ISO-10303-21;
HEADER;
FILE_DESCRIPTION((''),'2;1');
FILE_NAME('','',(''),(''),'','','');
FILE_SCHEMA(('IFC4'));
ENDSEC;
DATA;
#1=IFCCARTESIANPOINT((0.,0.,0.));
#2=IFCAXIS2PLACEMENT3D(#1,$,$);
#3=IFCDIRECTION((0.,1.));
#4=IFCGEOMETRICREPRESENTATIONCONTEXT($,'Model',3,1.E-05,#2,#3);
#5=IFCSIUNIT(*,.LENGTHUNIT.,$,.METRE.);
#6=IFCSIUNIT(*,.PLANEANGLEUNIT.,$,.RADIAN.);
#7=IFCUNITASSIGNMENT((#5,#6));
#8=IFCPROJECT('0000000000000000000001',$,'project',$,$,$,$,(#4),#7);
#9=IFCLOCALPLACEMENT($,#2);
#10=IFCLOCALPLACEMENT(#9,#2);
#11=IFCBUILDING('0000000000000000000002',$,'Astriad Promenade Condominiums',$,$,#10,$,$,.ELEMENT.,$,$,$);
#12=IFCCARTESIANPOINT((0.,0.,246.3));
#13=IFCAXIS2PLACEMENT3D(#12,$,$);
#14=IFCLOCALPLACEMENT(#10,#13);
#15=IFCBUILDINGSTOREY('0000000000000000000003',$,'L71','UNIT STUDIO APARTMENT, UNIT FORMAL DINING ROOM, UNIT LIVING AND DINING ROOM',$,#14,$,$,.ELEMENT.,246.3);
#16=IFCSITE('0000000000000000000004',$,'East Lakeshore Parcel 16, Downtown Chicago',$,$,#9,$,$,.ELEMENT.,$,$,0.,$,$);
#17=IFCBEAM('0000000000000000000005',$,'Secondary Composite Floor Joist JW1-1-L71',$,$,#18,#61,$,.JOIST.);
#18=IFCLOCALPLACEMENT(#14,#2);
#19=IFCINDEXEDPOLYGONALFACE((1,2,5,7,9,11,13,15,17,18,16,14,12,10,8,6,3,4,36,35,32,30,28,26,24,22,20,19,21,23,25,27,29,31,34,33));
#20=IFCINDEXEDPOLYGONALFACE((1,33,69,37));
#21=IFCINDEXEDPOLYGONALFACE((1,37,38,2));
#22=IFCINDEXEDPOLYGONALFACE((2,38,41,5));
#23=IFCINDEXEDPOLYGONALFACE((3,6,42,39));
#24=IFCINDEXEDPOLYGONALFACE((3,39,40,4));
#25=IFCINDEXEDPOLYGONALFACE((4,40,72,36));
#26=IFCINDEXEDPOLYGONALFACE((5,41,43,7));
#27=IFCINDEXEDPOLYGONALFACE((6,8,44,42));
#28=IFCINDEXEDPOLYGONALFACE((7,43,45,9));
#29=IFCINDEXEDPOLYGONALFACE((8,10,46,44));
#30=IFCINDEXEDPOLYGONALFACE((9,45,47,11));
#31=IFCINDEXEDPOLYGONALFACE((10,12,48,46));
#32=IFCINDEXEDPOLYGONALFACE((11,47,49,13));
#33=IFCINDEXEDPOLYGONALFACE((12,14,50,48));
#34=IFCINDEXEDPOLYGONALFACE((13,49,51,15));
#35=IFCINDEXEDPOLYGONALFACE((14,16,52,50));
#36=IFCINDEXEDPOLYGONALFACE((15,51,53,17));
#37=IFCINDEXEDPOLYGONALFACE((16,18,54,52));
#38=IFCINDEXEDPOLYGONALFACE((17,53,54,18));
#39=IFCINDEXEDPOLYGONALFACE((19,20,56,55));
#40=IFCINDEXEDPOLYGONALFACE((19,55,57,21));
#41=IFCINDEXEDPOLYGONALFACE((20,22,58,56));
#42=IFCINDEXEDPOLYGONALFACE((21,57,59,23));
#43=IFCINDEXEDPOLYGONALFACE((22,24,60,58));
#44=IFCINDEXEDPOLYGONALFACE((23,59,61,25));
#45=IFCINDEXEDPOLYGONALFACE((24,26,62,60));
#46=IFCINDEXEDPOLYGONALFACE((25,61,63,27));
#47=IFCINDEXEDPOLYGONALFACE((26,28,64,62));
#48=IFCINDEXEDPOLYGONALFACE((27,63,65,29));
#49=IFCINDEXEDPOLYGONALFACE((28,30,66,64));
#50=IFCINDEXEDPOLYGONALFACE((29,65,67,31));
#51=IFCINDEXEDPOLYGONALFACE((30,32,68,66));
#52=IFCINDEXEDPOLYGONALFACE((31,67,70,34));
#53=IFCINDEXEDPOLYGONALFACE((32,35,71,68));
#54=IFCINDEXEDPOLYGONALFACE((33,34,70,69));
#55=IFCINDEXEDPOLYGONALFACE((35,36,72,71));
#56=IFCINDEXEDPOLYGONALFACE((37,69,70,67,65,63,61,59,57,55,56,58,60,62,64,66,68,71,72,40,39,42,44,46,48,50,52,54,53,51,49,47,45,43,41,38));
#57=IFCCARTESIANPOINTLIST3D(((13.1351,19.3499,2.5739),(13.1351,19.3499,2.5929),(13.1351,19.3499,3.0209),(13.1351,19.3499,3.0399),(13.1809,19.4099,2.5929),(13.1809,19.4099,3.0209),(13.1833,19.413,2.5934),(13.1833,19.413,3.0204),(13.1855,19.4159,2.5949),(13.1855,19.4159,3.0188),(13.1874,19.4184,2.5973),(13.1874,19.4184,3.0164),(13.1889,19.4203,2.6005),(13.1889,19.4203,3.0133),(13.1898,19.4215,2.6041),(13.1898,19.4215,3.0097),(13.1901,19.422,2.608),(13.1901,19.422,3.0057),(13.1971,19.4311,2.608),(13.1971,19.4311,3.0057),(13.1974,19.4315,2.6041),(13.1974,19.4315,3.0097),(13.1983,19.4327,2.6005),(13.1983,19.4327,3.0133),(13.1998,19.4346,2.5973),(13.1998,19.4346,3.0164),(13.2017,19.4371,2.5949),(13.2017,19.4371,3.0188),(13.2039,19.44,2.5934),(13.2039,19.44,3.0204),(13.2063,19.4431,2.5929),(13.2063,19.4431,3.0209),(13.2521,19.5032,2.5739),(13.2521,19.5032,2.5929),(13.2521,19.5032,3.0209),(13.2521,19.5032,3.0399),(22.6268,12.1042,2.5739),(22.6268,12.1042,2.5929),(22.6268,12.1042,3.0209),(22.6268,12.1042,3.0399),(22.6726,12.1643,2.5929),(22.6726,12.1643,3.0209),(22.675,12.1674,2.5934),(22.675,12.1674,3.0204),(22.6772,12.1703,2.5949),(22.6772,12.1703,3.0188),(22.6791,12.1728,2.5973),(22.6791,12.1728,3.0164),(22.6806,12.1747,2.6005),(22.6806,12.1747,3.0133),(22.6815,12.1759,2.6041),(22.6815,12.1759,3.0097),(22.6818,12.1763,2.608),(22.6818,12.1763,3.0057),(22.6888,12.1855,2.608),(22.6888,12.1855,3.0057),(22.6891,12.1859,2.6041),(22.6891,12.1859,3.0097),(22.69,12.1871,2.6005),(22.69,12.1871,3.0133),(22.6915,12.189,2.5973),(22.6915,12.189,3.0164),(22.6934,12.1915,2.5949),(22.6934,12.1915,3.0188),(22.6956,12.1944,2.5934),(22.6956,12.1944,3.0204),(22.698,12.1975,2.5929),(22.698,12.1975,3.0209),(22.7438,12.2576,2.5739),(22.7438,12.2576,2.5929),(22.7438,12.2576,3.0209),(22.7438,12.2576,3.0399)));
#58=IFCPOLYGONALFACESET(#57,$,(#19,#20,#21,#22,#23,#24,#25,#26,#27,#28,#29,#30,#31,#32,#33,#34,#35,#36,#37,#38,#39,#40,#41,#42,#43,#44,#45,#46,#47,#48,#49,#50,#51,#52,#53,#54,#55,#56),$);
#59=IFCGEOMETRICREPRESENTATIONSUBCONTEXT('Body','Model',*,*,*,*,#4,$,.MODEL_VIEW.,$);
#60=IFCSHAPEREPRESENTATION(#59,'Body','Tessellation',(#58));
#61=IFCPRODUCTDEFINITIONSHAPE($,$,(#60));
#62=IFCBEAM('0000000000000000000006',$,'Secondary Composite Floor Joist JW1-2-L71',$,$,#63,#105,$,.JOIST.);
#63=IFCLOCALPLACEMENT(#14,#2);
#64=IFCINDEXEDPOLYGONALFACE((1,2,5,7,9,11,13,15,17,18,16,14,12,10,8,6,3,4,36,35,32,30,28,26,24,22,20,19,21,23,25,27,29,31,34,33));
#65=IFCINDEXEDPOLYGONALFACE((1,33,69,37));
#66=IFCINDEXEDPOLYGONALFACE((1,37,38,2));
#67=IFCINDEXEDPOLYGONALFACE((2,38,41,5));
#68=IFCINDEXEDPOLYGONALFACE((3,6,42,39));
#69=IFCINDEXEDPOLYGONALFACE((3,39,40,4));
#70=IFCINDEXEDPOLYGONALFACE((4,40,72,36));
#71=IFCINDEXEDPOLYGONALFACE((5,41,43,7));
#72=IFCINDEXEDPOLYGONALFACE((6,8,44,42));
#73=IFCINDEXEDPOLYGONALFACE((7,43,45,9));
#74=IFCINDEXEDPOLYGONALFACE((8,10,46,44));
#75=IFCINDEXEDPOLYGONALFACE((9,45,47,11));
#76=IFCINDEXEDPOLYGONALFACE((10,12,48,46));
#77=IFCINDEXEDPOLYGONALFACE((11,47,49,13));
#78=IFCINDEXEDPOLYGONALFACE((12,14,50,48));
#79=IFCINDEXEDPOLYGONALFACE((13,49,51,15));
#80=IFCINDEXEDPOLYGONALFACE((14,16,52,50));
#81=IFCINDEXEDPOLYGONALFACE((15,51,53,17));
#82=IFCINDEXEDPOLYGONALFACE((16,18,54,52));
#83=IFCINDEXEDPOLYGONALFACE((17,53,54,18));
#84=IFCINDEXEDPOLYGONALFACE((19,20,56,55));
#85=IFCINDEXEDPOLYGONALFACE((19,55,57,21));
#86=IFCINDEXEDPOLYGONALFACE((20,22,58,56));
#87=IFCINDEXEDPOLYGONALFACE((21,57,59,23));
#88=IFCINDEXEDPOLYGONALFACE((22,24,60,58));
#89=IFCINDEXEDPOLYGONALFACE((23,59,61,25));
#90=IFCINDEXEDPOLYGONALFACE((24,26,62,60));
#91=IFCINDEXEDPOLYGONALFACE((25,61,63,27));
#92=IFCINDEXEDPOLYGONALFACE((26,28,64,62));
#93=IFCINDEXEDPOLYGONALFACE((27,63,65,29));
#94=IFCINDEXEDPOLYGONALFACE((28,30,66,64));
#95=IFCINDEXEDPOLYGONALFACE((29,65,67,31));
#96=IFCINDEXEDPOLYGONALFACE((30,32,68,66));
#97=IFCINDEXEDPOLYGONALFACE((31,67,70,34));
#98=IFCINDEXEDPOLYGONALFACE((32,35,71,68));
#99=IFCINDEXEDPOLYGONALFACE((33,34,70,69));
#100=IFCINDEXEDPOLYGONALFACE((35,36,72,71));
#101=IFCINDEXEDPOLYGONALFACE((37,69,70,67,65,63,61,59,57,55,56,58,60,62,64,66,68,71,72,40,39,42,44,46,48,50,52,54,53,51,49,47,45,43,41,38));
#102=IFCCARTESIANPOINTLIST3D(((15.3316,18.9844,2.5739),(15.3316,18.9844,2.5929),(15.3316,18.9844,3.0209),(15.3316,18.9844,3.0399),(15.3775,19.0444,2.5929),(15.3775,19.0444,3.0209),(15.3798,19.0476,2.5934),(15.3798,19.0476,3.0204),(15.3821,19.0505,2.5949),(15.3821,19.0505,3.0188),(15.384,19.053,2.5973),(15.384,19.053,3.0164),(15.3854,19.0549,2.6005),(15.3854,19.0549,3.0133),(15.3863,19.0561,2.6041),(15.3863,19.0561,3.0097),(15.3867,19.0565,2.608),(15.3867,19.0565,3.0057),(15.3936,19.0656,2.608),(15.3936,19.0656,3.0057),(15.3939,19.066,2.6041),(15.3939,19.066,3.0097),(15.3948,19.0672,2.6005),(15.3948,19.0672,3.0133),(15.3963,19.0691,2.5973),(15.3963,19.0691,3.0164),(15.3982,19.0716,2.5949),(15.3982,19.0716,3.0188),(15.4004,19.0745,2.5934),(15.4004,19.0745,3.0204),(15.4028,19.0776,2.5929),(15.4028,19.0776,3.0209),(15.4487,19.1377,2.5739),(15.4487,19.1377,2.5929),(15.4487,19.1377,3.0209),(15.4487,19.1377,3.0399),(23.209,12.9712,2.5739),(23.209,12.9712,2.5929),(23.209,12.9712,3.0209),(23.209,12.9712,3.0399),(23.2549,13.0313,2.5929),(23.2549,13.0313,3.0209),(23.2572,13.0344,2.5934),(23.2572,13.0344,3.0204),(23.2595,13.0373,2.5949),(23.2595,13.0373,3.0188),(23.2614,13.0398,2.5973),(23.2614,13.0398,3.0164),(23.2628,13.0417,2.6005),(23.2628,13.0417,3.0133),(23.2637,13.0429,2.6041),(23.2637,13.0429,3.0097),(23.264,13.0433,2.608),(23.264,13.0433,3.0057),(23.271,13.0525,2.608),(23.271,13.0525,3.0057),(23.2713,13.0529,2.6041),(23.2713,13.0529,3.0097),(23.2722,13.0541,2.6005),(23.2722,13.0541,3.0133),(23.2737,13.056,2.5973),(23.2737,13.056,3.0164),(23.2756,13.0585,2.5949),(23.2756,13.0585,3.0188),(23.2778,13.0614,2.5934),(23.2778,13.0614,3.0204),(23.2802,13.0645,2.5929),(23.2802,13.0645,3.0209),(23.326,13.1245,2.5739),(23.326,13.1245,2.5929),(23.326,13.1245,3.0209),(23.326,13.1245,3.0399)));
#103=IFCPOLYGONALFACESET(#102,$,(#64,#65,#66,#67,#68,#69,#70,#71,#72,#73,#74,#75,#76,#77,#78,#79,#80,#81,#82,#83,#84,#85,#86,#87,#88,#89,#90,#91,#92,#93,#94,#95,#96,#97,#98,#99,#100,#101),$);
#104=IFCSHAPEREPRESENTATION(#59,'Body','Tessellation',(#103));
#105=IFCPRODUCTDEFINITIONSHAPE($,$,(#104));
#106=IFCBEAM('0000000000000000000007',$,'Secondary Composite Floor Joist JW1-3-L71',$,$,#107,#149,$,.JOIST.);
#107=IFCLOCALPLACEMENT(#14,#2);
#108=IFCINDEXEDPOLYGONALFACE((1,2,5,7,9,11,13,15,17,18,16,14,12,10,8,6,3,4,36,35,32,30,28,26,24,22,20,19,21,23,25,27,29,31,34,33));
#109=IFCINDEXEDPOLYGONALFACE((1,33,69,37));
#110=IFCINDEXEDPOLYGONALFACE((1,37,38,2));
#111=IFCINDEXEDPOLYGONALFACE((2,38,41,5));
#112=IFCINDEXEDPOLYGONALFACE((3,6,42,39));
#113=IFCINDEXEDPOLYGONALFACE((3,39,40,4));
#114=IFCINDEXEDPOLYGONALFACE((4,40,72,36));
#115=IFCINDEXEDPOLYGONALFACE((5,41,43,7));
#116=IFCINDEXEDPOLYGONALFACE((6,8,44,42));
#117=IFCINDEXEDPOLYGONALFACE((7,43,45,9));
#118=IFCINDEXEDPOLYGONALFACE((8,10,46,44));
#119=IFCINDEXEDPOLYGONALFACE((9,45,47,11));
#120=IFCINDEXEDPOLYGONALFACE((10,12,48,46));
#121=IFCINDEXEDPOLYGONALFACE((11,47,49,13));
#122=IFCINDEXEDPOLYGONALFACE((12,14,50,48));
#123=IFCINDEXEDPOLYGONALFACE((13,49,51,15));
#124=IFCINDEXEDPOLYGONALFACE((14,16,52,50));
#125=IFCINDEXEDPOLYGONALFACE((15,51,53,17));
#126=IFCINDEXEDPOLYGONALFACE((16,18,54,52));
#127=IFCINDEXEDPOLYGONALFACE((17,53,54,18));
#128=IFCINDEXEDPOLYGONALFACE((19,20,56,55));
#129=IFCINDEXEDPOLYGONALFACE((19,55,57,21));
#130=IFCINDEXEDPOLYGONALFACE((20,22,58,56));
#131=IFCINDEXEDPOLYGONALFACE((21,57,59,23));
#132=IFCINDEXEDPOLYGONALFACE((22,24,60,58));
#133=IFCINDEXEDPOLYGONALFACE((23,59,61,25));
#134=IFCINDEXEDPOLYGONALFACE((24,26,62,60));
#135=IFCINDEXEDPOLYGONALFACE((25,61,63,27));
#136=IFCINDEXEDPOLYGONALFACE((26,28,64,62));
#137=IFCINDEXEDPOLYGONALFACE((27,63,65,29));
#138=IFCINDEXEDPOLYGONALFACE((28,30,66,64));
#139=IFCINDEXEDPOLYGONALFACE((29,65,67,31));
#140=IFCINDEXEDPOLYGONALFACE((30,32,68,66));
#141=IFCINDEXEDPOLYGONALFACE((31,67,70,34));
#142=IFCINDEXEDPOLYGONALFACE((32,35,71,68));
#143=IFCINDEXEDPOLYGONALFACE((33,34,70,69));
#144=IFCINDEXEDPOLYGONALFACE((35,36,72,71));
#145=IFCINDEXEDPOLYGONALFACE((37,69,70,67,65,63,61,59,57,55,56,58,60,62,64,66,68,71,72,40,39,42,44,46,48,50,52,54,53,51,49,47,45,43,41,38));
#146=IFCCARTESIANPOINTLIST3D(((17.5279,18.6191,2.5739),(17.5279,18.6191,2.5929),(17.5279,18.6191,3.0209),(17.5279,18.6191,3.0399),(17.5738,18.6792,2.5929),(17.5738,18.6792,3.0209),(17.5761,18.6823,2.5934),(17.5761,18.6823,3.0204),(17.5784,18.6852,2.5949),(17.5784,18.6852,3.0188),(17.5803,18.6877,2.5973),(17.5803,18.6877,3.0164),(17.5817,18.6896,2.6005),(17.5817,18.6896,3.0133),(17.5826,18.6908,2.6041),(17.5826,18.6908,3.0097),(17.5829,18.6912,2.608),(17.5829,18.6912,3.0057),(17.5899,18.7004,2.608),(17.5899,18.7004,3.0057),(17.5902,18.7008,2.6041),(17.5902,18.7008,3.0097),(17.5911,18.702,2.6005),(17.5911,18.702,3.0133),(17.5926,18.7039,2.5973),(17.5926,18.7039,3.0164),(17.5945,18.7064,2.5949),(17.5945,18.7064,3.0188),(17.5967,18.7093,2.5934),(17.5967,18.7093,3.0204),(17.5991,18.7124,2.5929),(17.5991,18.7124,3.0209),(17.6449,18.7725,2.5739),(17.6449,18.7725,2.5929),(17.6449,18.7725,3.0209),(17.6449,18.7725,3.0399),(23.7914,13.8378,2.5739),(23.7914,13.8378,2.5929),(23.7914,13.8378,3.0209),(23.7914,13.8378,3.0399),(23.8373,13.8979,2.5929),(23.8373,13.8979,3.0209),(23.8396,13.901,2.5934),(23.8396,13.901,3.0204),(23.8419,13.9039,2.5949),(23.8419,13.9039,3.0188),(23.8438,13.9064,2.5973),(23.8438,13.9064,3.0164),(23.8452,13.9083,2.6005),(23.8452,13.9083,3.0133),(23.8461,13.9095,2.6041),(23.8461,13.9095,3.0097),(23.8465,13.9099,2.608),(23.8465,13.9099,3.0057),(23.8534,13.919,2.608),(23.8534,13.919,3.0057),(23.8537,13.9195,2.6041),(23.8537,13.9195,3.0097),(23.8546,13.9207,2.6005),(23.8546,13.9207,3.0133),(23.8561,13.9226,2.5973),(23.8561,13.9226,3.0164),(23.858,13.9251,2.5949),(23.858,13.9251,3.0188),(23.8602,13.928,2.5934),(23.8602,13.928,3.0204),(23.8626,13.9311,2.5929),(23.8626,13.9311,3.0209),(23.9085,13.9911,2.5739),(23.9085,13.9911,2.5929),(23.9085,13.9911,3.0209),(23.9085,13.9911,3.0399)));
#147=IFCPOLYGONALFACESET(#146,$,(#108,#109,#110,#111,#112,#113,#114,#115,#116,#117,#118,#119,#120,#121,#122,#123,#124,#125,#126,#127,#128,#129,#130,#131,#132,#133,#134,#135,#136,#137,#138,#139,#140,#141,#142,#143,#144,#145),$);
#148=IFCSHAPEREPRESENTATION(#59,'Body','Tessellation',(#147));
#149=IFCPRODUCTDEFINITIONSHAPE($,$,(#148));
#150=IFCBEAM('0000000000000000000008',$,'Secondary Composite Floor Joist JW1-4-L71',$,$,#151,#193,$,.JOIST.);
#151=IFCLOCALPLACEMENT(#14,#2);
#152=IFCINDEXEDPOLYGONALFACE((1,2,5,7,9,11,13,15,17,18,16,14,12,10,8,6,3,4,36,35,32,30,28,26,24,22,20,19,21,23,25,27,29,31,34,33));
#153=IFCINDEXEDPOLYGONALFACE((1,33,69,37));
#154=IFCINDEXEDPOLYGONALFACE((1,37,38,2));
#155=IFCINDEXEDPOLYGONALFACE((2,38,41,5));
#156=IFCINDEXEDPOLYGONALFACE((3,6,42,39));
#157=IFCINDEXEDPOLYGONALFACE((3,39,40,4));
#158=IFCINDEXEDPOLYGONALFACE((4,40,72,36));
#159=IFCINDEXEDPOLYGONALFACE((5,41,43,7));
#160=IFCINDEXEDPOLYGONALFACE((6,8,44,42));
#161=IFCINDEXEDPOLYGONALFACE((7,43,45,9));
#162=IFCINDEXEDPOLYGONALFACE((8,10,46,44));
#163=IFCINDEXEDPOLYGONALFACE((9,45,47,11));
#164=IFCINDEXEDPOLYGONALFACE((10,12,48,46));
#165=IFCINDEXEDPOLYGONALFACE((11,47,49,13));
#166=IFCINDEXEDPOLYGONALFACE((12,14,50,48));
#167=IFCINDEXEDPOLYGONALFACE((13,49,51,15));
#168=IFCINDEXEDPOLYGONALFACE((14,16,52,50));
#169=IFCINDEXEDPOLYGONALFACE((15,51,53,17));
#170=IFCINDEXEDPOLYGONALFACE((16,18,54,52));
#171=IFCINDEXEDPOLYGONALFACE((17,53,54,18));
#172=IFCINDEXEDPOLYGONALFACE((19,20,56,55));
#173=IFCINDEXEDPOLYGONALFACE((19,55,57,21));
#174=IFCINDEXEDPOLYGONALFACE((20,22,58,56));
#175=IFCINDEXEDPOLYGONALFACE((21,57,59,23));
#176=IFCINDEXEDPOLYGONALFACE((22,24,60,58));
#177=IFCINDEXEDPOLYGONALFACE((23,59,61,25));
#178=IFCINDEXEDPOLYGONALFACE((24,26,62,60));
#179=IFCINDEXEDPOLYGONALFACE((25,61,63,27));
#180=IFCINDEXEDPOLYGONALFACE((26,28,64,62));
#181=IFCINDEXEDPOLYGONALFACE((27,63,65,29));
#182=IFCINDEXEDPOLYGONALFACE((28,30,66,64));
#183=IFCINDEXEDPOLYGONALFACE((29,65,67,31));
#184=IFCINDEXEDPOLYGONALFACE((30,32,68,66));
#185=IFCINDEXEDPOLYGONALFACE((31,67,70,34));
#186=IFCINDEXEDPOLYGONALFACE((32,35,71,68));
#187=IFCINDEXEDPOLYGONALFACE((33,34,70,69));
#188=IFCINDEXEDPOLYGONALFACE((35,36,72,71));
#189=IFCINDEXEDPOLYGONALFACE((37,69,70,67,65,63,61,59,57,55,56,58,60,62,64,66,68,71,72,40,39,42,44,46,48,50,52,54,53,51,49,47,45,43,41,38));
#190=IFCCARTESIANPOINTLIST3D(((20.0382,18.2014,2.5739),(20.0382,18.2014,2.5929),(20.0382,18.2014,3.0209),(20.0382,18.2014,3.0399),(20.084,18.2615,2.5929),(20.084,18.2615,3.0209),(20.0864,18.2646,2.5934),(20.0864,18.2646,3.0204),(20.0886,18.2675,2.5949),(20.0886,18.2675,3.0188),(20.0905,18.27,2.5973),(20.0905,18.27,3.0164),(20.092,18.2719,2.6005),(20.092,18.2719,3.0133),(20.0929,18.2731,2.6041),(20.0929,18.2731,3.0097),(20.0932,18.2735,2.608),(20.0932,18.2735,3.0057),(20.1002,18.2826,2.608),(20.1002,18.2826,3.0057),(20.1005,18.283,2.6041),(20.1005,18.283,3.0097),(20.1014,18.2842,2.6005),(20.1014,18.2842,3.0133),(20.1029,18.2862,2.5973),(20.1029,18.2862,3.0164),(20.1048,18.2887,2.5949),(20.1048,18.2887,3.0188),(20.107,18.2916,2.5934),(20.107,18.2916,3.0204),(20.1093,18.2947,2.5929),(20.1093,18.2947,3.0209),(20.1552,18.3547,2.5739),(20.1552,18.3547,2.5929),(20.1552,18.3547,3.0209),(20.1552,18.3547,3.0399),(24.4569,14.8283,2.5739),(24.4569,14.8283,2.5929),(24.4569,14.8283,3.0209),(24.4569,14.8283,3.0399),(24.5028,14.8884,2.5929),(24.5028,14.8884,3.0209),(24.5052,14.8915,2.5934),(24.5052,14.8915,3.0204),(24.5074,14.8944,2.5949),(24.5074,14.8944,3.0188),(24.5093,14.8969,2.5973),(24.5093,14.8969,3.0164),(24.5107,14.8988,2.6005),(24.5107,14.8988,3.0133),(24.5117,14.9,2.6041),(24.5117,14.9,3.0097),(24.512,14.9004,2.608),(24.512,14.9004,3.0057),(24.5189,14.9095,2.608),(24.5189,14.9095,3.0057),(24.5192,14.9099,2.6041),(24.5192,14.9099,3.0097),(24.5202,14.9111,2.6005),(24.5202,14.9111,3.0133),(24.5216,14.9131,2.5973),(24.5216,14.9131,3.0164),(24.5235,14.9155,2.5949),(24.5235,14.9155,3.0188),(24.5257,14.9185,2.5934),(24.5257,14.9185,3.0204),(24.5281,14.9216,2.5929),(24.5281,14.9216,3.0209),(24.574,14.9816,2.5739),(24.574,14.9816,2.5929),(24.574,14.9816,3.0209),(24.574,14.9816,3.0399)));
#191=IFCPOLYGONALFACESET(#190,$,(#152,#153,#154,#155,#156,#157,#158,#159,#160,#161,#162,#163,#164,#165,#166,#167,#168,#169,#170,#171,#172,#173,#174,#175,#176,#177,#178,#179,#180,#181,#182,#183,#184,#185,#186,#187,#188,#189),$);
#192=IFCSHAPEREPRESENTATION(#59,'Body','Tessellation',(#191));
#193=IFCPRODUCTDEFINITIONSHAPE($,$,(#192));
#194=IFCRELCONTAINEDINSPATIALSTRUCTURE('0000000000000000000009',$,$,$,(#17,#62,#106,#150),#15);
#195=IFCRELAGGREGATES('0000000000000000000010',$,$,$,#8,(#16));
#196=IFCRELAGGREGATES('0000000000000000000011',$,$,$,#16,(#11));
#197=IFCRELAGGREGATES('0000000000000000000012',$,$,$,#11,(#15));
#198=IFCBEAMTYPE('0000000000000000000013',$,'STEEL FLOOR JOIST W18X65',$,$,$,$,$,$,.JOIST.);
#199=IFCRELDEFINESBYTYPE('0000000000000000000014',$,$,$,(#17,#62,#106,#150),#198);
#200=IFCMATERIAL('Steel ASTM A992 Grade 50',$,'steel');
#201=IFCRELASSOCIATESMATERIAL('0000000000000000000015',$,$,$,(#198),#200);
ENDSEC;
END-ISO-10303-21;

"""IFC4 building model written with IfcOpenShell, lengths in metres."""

from ifc_helpers import new_model, si_unit, direction, frame, origin, origin_2d, place, context, subcontext, project, spatial, i_section, extrude, source, transform, mapped, material, material_profile, profile_set, type_object, type_shapes, element, save


model = new_model("IFC4")

# Units and contexts
model_context = context("Model", 3, precision=1e-05, world=origin(), true_north=direction((0.0, 1.0)))
body_context = subcontext(model_context, "Body", "Model", "MODEL_VIEW")
ifc_project = project(units=[si_unit("LENGTHUNIT", "METRE"), si_unit("PLANEANGLEUNIT", "RADIAN")], contexts=[model_context])

# Site, building, storey
site_placement = place(None, origin())
site = spatial("IfcSite", under=ifc_project, at=site_placement, Name="East Lakeshore Parcel 16, Downtown Chicago", CompositionType="ELEMENT", RefElevation=0.0)
building_placement = place(site_placement, origin())
building = spatial("IfcBuilding", under=site, at=building_placement, Name="Astriad Promenade Condominiums", CompositionType="ELEMENT")
storey_placement = place(building_placement, frame((0.0, 0.0, 246.3)))
storey = spatial("IfcBuildingStorey", under=building, at=storey_placement, Name="L71", Description="UNIT STUDIO APARTMENT, UNIT FORMAL DINING ROOM, UNIT LIVING AND DINING ROOM", CompositionType="ELEMENT", Elevation=246.3)

# Beams
ifc_material_1 = material(Name="Steel ASTM A992 Grade 50", Category="steel")
ifc_material_profile_1 = material_profile(ifc_material_1, i_section(OverallWidth=0.1929, OverallDepth=0.4661, WebThickness=0.0115, FlangeThickness=0.019, FilletRadius=0.0151, at=origin_2d()), Name="W18X65")
ifc_profile_set_1 = profile_set([ifc_material_profile_1], Name="Steel ASTM A992 Grade 50")
beam_type_1 = type_object("IfcBeamType", Name="STEEL FLOOR JOIST W18X65", PredefinedType="JOIST", material=ifc_profile_set_1)
shared_shape_1 = source(origin(), body_context, "Body", "SweptSolid", [
    extrude(i_section(OverallWidth=0.1929, OverallDepth=0.4661, WebThickness=0.0115, FlangeThickness=0.019, FilletRadius=0.0151, at=origin_2d()), origin(), (0.0, 0.0, 1.0), 11.9412),
])
beam_1_placement = place(storey_placement, frame((13.1936, 19.4265, 2.8069), z_axis=(0.794873, -0.606776, 0.0), x_axis=(0.606776, 0.794873, 0.0)))
element("IfcBeam", 1, at=beam_1_placement, inside=storey, type_object=beam_type_1, Name="Secondary Composite Floor Joist JW1-1-L71", PredefinedType="JOIST", context=body_context, shape_type="MappedRepresentation", body=[
    mapped(shared_shape_1, transform((0.0, 0.0, 0.0), scale=1.0)),
])
shared_shape_2 = source(origin(), body_context, "Body", "SweptSolid", [
    extrude(i_section(OverallWidth=0.1929, OverallDepth=0.4661, WebThickness=0.0115, FlangeThickness=0.019, FilletRadius=0.0151, at=origin_2d()), origin(), (0.0, 0.0, 1.0), 9.9102),
])
beam_2_placement = place(storey_placement, frame((15.3901, 19.061, 2.8069), z_axis=(0.794881, -0.606766, 0.0), x_axis=(0.606766, 0.794881, 0.0)))
element("IfcBeam", 2, at=beam_2_placement, inside=storey, type_object=beam_type_1, Name="Secondary Composite Floor Joist JW1-2-L71", PredefinedType="JOIST", context=body_context, shape_type="MappedRepresentation", body=[
    mapped(shared_shape_2, transform((0.0, 0.0, 0.0), scale=1.0)),
])
shared_shape_3 = source(origin(), body_context, "Body", "SweptSolid", [
    extrude(i_section(OverallWidth=0.1929, OverallDepth=0.4661, WebThickness=0.0115, FlangeThickness=0.019, FilletRadius=0.0151, at=origin_2d()), origin(), (0.0, 0.0, 1.0), 7.8799),
])
beam_3_placement = place(storey_placement, frame((17.5864, 18.6958, 2.8069), z_axis=(0.794874, -0.606775, 0.0), x_axis=(0.606775, 0.794874, 0.0)))
element("IfcBeam", 3, at=beam_3_placement, inside=storey, type_object=beam_type_1, Name="Secondary Composite Floor Joist JW1-3-L71", PredefinedType="JOIST", context=body_context, shape_type="MappedRepresentation", body=[
    mapped(shared_shape_3, transform((0.0, 0.0, 0.0), scale=1.0)),
])
shared_shape_4 = source(origin(), body_context, "Body", "SweptSolid", [
    extrude(i_section(OverallWidth=0.1929, OverallDepth=0.4661, WebThickness=0.0115, FlangeThickness=0.019, FilletRadius=0.0151, at=origin_2d()), origin(), (0.0, 0.0, 1.0), 5.5591),
])
type_shapes(beam_type_1, [shared_shape_1, shared_shape_2, shared_shape_3, shared_shape_4])
beam_4_placement = place(storey_placement, frame((20.0967, 18.2781, 2.8069), z_axis=(0.794875, -0.606773, 0.0), x_axis=(0.606773, 0.794875, 0.0)))
element("IfcBeam", 4, at=beam_4_placement, inside=storey, type_object=beam_type_1, Name="Secondary Composite Floor Joist JW1-4-L71", PredefinedType="JOIST", context=body_context, shape_type="MappedRepresentation", body=[
    mapped(shared_shape_4, transform((0.0, 0.0, 0.0), scale=1.0)),
])

save(model, "model.ifc")
